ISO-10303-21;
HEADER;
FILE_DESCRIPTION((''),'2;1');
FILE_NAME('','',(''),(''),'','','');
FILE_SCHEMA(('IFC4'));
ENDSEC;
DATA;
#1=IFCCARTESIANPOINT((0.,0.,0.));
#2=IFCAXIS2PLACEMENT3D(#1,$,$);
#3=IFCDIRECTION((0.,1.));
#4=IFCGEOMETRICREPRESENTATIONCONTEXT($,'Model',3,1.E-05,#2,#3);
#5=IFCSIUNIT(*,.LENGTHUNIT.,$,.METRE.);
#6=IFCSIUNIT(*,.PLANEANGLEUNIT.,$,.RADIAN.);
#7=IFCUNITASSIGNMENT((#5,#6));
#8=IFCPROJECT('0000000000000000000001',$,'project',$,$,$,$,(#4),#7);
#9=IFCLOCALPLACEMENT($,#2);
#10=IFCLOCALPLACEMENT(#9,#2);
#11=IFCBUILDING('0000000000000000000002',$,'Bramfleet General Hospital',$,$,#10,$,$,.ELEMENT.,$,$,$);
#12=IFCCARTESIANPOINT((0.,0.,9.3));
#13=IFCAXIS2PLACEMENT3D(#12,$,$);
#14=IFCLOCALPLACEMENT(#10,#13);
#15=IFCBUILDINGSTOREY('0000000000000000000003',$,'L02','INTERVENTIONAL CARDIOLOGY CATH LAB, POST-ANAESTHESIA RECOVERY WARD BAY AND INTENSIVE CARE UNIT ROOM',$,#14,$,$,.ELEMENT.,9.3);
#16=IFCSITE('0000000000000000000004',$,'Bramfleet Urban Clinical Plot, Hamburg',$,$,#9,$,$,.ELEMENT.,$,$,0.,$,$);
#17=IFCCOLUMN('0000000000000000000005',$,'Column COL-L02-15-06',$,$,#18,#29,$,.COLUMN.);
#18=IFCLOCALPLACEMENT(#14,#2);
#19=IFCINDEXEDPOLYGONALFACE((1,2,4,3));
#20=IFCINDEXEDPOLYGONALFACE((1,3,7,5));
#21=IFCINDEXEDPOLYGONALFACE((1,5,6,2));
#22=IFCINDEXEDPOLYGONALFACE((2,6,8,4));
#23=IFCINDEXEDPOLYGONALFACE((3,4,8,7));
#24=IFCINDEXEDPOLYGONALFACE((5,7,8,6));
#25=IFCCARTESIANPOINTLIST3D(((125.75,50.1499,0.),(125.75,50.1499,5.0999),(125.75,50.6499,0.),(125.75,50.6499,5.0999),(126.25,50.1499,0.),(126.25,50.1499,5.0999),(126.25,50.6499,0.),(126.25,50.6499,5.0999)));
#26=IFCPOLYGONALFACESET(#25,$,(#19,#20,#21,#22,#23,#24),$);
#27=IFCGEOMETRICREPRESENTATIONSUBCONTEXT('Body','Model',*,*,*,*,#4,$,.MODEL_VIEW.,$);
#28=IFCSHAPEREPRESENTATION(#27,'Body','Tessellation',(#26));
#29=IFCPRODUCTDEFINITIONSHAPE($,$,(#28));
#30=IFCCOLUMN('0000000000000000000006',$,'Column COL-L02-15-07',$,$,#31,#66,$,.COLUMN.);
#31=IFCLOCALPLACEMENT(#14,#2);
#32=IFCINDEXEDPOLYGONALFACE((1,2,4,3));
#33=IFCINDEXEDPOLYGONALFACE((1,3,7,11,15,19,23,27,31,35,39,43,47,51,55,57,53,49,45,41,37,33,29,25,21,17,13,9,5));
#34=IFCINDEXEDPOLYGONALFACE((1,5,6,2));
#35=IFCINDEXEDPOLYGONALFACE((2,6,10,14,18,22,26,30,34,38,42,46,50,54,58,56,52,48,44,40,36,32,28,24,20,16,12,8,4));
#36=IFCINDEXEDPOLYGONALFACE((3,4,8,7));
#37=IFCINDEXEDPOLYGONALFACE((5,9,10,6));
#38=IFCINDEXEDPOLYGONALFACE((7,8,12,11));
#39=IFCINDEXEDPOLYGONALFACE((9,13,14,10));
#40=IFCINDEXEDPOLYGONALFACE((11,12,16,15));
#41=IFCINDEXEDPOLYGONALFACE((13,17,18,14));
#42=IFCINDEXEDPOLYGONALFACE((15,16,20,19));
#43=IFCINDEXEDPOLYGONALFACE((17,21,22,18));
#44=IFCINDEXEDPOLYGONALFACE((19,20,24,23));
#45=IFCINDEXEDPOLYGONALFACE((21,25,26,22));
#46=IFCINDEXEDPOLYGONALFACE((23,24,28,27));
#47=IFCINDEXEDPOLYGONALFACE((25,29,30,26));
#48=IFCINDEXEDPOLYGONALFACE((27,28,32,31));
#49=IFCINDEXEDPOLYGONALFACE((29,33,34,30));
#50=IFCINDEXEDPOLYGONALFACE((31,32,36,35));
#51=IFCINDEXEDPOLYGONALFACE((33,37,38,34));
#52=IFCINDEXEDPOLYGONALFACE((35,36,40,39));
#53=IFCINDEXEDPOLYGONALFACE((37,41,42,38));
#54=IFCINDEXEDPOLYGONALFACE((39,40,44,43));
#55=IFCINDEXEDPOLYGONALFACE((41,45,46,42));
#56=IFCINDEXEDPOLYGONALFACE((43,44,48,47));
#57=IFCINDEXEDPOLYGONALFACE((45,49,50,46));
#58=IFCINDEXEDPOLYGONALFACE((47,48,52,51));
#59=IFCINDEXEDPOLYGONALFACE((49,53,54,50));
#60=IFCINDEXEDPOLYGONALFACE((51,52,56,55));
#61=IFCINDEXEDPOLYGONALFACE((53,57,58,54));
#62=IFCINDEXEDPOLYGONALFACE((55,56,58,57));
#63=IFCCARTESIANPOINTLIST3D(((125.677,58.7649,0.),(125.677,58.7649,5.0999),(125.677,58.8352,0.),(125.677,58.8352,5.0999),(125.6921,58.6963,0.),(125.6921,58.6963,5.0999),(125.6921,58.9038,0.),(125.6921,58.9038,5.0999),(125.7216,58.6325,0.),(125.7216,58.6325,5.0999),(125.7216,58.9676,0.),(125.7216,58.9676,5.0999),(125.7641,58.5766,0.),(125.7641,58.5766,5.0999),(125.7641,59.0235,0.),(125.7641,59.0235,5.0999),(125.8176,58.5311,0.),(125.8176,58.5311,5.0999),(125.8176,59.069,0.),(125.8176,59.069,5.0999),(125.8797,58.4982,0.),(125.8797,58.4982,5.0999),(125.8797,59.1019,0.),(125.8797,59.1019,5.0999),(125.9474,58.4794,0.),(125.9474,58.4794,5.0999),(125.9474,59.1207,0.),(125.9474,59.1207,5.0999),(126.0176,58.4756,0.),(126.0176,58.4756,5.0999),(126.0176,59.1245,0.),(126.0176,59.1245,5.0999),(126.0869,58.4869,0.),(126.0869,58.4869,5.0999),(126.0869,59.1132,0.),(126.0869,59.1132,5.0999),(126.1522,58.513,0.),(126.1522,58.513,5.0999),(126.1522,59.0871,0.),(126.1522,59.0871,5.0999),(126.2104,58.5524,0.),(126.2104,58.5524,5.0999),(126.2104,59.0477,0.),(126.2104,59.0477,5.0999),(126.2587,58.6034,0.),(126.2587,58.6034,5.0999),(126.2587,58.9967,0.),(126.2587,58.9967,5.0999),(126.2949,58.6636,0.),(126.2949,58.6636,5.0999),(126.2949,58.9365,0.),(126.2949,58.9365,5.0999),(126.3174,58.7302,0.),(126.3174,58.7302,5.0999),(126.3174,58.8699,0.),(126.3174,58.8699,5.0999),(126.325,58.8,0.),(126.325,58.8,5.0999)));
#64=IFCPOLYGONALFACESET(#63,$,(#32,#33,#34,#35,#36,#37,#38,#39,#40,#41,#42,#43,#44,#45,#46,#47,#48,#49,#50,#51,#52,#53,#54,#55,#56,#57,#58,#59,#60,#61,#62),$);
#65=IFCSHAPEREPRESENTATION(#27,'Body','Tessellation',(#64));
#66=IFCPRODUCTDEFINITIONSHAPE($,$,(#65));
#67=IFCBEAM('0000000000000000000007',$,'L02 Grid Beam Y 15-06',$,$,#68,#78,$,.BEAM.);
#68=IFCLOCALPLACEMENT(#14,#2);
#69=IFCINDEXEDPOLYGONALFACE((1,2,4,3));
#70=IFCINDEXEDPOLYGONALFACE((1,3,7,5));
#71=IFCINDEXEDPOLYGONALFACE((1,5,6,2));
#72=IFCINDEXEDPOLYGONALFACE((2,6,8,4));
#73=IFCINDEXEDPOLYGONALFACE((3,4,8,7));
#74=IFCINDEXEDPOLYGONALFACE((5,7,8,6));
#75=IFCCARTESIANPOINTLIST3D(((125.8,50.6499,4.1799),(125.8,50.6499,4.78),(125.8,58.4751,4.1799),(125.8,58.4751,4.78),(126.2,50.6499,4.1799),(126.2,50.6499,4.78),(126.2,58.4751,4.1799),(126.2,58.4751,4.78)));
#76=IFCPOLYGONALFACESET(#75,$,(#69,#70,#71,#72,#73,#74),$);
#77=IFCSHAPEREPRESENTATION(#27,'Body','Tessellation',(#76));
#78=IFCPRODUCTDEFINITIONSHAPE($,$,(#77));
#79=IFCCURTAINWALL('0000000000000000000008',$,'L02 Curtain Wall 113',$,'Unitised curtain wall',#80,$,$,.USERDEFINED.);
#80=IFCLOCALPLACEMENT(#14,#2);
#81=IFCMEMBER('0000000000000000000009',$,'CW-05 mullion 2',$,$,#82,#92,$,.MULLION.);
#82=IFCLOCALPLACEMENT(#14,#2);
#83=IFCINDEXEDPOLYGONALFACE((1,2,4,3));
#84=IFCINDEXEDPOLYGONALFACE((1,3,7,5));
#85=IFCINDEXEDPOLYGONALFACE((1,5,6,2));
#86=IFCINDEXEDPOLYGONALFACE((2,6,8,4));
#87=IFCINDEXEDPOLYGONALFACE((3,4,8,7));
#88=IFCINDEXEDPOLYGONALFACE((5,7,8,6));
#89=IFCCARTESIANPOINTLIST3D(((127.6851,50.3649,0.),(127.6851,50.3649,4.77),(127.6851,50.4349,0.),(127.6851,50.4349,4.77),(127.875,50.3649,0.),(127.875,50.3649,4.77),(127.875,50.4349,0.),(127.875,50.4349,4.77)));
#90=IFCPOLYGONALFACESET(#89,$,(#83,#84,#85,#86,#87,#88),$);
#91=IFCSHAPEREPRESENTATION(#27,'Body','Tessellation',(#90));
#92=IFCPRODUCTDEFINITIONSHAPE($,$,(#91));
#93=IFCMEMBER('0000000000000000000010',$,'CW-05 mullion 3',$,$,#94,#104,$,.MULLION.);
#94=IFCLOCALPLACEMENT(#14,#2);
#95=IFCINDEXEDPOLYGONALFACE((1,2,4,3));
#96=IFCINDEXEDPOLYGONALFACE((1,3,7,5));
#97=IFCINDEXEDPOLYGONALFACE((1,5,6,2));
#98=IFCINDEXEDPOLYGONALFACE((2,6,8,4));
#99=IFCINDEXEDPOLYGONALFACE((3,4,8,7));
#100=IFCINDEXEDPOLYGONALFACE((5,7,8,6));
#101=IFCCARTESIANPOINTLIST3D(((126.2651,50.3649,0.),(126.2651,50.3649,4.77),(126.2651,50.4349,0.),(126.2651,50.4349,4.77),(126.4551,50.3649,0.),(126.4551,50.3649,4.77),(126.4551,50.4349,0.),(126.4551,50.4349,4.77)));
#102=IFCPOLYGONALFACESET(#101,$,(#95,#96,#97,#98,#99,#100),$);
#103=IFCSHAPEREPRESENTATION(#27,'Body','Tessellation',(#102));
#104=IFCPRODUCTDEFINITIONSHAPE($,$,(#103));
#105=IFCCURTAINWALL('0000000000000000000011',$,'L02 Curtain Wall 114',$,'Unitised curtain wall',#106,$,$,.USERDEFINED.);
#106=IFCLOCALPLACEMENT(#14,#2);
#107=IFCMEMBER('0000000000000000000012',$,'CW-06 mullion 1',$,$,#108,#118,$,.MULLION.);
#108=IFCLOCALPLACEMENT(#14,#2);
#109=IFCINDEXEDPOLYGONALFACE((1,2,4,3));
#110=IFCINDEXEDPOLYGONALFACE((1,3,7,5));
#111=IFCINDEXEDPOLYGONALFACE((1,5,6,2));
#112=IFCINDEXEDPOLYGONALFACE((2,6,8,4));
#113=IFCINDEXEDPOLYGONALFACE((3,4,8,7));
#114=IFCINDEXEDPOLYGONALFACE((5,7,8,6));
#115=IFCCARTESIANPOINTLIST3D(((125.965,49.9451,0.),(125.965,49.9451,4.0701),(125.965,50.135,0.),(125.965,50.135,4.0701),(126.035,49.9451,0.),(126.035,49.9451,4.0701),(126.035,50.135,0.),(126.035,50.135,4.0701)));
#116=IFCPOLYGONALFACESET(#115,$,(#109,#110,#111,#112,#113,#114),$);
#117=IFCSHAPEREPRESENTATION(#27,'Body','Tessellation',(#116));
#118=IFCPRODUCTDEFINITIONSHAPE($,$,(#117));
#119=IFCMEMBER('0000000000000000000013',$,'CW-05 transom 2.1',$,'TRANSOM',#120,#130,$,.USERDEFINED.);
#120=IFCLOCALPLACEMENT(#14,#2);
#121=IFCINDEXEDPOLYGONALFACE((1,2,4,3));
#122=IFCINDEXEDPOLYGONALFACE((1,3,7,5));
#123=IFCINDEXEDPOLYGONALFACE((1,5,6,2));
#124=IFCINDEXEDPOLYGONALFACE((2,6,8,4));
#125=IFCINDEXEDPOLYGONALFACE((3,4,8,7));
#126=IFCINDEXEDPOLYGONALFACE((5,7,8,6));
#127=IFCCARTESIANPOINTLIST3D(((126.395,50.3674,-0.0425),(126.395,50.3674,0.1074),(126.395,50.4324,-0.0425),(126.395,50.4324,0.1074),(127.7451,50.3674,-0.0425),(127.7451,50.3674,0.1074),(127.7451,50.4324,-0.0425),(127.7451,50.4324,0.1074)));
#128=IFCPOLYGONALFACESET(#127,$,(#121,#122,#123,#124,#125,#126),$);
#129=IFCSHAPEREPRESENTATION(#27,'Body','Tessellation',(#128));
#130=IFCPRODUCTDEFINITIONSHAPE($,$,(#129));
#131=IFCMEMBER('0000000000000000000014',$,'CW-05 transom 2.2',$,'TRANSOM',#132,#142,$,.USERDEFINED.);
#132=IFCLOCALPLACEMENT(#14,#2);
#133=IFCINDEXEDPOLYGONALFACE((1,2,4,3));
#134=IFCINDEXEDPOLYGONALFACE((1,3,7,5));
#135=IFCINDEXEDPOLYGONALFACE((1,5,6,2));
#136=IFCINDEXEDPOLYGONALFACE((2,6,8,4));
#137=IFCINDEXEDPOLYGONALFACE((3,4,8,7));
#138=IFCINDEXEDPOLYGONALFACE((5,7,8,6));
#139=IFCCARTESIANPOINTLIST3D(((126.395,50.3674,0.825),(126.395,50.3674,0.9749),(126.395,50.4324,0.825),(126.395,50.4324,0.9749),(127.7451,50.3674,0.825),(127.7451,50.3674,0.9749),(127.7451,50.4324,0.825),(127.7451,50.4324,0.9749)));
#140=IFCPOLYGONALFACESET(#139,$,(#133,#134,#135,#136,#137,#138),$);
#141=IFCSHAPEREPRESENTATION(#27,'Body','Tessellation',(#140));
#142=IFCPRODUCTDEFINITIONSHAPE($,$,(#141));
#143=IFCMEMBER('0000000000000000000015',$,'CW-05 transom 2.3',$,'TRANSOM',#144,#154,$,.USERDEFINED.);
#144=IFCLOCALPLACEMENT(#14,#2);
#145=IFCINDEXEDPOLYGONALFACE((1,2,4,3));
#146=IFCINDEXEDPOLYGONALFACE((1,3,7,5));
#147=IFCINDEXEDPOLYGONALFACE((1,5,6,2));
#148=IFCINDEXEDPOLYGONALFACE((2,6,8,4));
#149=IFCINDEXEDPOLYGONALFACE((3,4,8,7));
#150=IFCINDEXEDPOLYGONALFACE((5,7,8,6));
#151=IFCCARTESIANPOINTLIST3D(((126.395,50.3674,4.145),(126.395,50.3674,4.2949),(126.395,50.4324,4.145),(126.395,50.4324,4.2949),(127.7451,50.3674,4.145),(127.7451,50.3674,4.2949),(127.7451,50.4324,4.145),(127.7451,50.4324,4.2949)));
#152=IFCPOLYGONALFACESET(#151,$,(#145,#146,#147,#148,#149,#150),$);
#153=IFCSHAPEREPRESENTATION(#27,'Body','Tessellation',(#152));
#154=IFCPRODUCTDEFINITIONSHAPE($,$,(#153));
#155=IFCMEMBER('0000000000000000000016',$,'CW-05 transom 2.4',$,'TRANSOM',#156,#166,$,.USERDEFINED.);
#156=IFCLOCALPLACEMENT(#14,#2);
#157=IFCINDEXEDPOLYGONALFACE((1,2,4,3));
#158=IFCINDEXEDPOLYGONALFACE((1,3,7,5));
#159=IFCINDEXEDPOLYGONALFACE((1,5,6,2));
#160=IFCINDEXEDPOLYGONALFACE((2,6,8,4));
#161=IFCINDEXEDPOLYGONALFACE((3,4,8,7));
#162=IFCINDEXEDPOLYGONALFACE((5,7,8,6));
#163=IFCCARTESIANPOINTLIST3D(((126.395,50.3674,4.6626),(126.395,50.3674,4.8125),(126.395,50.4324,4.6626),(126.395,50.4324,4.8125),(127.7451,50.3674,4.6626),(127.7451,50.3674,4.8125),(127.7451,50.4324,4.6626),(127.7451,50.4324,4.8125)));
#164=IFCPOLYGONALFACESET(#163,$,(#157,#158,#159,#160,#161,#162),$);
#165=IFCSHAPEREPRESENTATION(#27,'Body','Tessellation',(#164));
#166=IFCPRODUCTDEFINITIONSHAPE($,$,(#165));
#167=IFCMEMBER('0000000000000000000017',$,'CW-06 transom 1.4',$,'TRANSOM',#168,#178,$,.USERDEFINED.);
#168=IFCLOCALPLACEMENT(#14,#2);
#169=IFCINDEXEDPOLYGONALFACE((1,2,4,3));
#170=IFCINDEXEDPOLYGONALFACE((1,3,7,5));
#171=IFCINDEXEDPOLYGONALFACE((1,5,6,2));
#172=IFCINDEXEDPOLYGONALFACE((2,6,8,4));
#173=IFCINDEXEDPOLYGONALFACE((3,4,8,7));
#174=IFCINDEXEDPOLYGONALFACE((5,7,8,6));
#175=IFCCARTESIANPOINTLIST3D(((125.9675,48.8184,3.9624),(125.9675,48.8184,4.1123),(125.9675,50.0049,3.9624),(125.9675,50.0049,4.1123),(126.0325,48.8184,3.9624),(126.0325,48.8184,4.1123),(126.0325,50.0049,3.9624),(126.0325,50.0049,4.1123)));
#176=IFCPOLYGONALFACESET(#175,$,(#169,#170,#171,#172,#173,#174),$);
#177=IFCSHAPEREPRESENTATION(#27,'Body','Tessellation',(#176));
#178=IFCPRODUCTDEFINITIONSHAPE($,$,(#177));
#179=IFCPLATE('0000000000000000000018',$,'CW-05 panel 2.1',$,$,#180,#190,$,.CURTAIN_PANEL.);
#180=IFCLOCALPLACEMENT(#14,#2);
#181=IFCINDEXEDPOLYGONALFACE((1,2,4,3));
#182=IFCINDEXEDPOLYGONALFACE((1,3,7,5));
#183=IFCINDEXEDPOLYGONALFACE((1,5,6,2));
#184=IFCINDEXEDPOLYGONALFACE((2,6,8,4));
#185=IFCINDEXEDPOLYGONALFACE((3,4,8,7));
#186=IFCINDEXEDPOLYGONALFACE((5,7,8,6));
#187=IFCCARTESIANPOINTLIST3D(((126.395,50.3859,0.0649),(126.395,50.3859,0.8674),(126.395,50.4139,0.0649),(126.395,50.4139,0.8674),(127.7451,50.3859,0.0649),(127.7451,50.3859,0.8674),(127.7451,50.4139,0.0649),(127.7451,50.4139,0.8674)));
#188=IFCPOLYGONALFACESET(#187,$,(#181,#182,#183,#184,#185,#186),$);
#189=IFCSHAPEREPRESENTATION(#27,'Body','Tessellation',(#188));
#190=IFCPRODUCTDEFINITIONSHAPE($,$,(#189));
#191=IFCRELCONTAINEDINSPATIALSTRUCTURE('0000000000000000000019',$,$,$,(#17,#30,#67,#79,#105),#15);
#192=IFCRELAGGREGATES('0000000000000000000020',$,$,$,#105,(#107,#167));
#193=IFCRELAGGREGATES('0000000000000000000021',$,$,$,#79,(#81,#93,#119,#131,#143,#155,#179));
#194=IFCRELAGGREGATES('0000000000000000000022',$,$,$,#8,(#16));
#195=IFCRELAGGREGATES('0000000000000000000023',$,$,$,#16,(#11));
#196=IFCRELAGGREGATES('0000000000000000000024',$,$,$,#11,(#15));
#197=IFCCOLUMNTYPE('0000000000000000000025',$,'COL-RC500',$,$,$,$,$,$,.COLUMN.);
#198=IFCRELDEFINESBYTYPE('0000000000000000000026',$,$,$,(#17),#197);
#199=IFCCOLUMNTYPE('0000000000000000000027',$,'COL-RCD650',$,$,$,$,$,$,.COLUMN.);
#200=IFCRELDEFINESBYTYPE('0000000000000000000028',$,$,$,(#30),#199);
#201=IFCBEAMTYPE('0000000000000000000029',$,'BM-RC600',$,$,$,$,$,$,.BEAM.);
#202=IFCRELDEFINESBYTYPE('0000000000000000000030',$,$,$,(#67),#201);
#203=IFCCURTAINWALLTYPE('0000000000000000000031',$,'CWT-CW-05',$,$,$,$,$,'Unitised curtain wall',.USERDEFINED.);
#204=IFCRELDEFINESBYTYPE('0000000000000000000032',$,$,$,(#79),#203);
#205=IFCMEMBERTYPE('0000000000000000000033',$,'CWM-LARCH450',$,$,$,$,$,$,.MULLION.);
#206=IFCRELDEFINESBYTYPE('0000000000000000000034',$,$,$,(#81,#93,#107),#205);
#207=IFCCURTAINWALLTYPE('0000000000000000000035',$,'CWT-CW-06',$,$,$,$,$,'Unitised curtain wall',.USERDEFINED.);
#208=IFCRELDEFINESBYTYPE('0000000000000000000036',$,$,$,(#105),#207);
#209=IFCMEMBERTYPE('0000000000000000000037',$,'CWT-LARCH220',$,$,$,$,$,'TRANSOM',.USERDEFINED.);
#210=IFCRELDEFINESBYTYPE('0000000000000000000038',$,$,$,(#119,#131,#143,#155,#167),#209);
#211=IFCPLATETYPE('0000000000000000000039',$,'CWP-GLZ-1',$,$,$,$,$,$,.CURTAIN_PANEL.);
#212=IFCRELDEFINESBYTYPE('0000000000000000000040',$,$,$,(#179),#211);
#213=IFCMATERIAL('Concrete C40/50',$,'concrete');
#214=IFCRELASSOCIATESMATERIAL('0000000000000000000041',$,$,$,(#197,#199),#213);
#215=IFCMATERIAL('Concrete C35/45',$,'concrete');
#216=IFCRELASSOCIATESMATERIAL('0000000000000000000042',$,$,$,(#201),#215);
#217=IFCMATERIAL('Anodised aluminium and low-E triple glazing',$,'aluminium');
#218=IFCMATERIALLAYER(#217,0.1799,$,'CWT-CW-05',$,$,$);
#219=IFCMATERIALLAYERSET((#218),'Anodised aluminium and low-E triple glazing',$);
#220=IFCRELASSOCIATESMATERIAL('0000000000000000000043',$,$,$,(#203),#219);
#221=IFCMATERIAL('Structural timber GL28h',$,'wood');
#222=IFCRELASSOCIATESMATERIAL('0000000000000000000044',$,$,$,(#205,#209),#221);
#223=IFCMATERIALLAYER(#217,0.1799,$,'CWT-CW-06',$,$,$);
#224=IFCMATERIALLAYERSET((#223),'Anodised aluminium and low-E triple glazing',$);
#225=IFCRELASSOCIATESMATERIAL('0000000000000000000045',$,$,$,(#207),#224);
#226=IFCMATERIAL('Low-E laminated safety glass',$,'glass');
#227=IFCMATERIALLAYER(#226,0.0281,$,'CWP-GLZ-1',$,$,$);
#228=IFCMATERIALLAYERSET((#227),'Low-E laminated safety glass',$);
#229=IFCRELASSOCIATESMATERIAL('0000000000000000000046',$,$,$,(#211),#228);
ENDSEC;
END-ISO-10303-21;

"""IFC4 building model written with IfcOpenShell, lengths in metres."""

from ifc_helpers import new_model, si_unit, direction, frame, origin, origin_2d, place, context, subcontext, project, spatial, rectangle, circle, extrude, material, layer, layer_set, material_profile, profile_set, type_object, element, aggregate, save


model = new_model("IFC4")

# Units and contexts
model_context = context("Model", 3, precision=1e-05, world=origin(), true_north=direction((0.0, 1.0)))
body_context = subcontext(model_context, "Body", "Model", "MODEL_VIEW")
ifc_project = project(units=[si_unit("LENGTHUNIT", "METRE"), si_unit("PLANEANGLEUNIT", "RADIAN")], contexts=[model_context])

# Site, building, storey
site_placement = place(None, origin())
site = spatial("IfcSite", under=ifc_project, at=site_placement, Name="Bramfleet Urban Clinical Plot, Hamburg", CompositionType="ELEMENT", RefElevation=0.0)
building_placement = place(site_placement, origin())
building = spatial("IfcBuilding", under=site, at=building_placement, Name="Bramfleet General Hospital", CompositionType="ELEMENT")
storey_placement = place(building_placement, frame((0.0, 0.0, 9.3)))
storey = spatial("IfcBuildingStorey", under=building, at=storey_placement, Name="L02", Description="INTERVENTIONAL CARDIOLOGY CATH LAB, POST-ANAESTHESIA RECOVERY WARD BAY AND INTENSIVE CARE UNIT ROOM", CompositionType="ELEMENT", Elevation=9.3)

# Columns
ifc_material_1 = material(Name="Concrete C40/50", Category="concrete")
ifc_material_profile_1 = material_profile(ifc_material_1, rectangle(XDim=0.5, YDim=0.5, at=origin_2d()), Name="RC COL 500x500")
ifc_profile_set_1 = profile_set([ifc_material_profile_1], Name="Concrete C40/50")
column_type_1 = type_object("IfcColumnType", Name="COL-RC500", PredefinedType="COLUMN", material=ifc_profile_set_1)
column_1_placement = place(storey_placement, frame((126.0, 50.3999, 0.0), z_axis=(0.0, 0.0, 1.0), x_axis=(1.0, 0.0, 0.0)))
element("IfcColumn", 1, at=column_1_placement, inside=storey, type_object=column_type_1, Name="Column COL-L02-15-06", PredefinedType="COLUMN", context=body_context, shape_type="SweptSolid", body=[
    extrude(rectangle(XDim=0.5, YDim=0.5, at=origin_2d()), origin(), (0.0, 0.0, 1.0), 5.0999),
])
ifc_material_profile_2 = material_profile(ifc_material_1, circle(Radius=0.325, at=origin_2d()), Name="RC ROUND D650")
ifc_profile_set_2 = profile_set([ifc_material_profile_2], Name="Concrete C40/50")
column_type_2 = type_object("IfcColumnType", Name="COL-RCD650", PredefinedType="COLUMN", material=ifc_profile_set_2)
column_2_placement = place(storey_placement, frame((126.0, 58.8, 0.0), z_axis=(0.0, 0.0, 1.0), x_axis=(1.0, 0.0, 0.0)))
element("IfcColumn", 2, at=column_2_placement, inside=storey, type_object=column_type_2, Name="Column COL-L02-15-07", PredefinedType="COLUMN", context=body_context, shape_type="SweptSolid", body=[
    extrude(circle(Radius=0.325, at=origin_2d()), origin(), (0.0, 0.0, 1.0), 5.0999),
])

# Beam
ifc_material_2 = material(Name="Concrete C35/45", Category="concrete")
ifc_material_profile_3 = material_profile(ifc_material_2, rectangle(XDim=0.3999, YDim=0.6001, at=origin_2d()), Name="RC BM 600x400")
ifc_profile_set_3 = profile_set([ifc_material_profile_3], Name="Concrete C35/45")
beam_type = type_object("IfcBeamType", Name="BM-RC600", PredefinedType="BEAM", material=ifc_profile_set_3)
beam_placement = place(storey_placement, frame((126.0, 50.6499, 4.48), z_axis=(0.0, 1.0, 0.0), x_axis=(-1.0, 0.0, 0.0)))
element("IfcBeam", 3, at=beam_placement, inside=storey, type_object=beam_type, Name="L02 Grid Beam Y 15-06", PredefinedType="BEAM", context=body_context, shape_type="SweptSolid", body=[
    extrude(rectangle(XDim=0.3999, YDim=0.6001, at=origin_2d()), origin(), (0.0, 0.0, 1.0), 7.8252),
])

# Curtain wall, members
ifc_material_3 = material(Name="Anodised aluminium and low-E triple glazing", Category="aluminium")
ifc_layer_1 = layer(ifc_material_3, 0.1799, Name="CWT-CW-05")
ifc_layer_set_1 = layer_set([ifc_layer_1], Name="Anodised aluminium and low-E triple glazing")
curtain_wall_type_1 = type_object("IfcCurtainWallType", Name="CWT-CW-05", ElementType="Unitised curtain wall", PredefinedType="USERDEFINED", material=ifc_layer_set_1)
curtain_wall_1_placement = place(storey_placement, origin())
curtain_wall_1 = element("IfcCurtainWall", 4, at=curtain_wall_1_placement, inside=storey, type_object=curtain_wall_type_1, Name="L02 Curtain Wall 113", ObjectType="Unitised curtain wall", PredefinedType="USERDEFINED")
ifc_material_4 = material(Name="Structural timber GL28h", Category="wood")
ifc_material_profile_4 = material_profile(ifc_material_4, rectangle(XDim=0.0701, YDim=0.1899, at=origin_2d()), Name="LARCH 190x70")
ifc_profile_set_4 = profile_set([ifc_material_profile_4], Name="Structural timber GL28h")
member_type_1 = type_object("IfcMemberType", Name="CWM-LARCH450", PredefinedType="MULLION", material=ifc_profile_set_4)
member_1_placement = place(storey_placement, frame((127.78, 50.3999, 0.0), z_axis=(0.0, 0.0, 1.0), x_axis=(0.0, -1.0, 0.0)))
member_1 = element("IfcMember", 5, at=member_1_placement, type_object=member_type_1, Name="CW-05 mullion 2", PredefinedType="MULLION", context=body_context, shape_type="SweptSolid", body=[
    extrude(rectangle(XDim=0.0701, YDim=0.1899, at=origin_2d()), origin(), (0.0, 0.0, 1.0), 4.77),
])
member_2_placement = place(storey_placement, frame((126.3601, 50.3999, 0.0), z_axis=(0.0, 0.0, 1.0), x_axis=(0.0, -1.0, 0.0)))
member_2 = element("IfcMember", 6, at=member_2_placement, type_object=member_type_1, Name="CW-05 mullion 3", PredefinedType="MULLION", context=body_context, shape_type="SweptSolid", body=[
    extrude(rectangle(XDim=0.0701, YDim=0.1899, at=origin_2d()), origin(), (0.0, 0.0, 1.0), 4.77),
])

# Curtain wall, member
ifc_layer_2 = layer(ifc_material_3, 0.1799, Name="CWT-CW-06")
ifc_layer_set_2 = layer_set([ifc_layer_2], Name="Anodised aluminium and low-E triple glazing")
curtain_wall_type_2 = type_object("IfcCurtainWallType", Name="CWT-CW-06", ElementType="Unitised curtain wall", PredefinedType="USERDEFINED", material=ifc_layer_set_2)
curtain_wall_2_placement = place(storey_placement, origin())
curtain_wall_2 = element("IfcCurtainWall", 7, at=curtain_wall_2_placement, inside=storey, type_object=curtain_wall_type_2, Name="L02 Curtain Wall 114", ObjectType="Unitised curtain wall", PredefinedType="USERDEFINED")
member_3_placement = place(storey_placement, frame((126.0, 50.04, 0.0), z_axis=(0.0, 0.0, 1.0), x_axis=(1.0, 0.0, 0.0)))
member_3 = element("IfcMember", 8, at=member_3_placement, type_object=member_type_1, Name="CW-06 mullion 1", PredefinedType="MULLION", context=body_context, shape_type="SweptSolid", body=[
    extrude(rectangle(XDim=0.0701, YDim=0.1899, at=origin_2d()), origin(), (0.0, 0.0, 1.0), 4.0701),
])

# Members
ifc_material_profile_5 = material_profile(ifc_material_4, rectangle(XDim=0.0649, YDim=0.1499, at=origin_2d()), Name="LARCH 150x65")
ifc_profile_set_5 = profile_set([ifc_material_profile_5], Name="Structural timber GL28h")
member_type_2 = type_object("IfcMemberType", Name="CWT-LARCH220", ElementType="TRANSOM", PredefinedType="USERDEFINED", material=ifc_profile_set_5)
member_4_placement = place(storey_placement, frame((127.7451, 50.3999, 0.0325), z_axis=(-1.0, 0.0, 0.0), x_axis=(0.0, -1.0, 0.0)))
member_4 = element("IfcMember", 9, at=member_4_placement, type_object=member_type_2, Name="CW-05 transom 2.1", ObjectType="TRANSOM", PredefinedType="USERDEFINED", context=body_context, shape_type="SweptSolid", body=[
    extrude(rectangle(XDim=0.0649, YDim=0.1499, at=origin_2d()), origin(), (0.0, 0.0, 1.0), 1.3501),
])
member_5_placement = place(storey_placement, frame((127.7451, 50.3999, 0.8999), z_axis=(-1.0, 0.0, 0.0), x_axis=(0.0, -1.0, 0.0)))
member_5 = element("IfcMember", 10, at=member_5_placement, type_object=member_type_2, Name="CW-05 transom 2.2", ObjectType="TRANSOM", PredefinedType="USERDEFINED", context=body_context, shape_type="SweptSolid", body=[
    extrude(rectangle(XDim=0.0649, YDim=0.1499, at=origin_2d()), origin(), (0.0, 0.0, 1.0), 1.3501),
])
member_6_placement = place(storey_placement, frame((127.7451, 50.3999, 4.22), z_axis=(-1.0, 0.0, 0.0), x_axis=(0.0, -1.0, 0.0)))
member_6 = element("IfcMember", 11, at=member_6_placement, type_object=member_type_2, Name="CW-05 transom 2.3", ObjectType="TRANSOM", PredefinedType="USERDEFINED", context=body_context, shape_type="SweptSolid", body=[
    extrude(rectangle(XDim=0.0649, YDim=0.1499, at=origin_2d()), origin(), (0.0, 0.0, 1.0), 1.3501),
])
member_7_placement = place(storey_placement, frame((127.7451, 50.3999, 4.7375), z_axis=(-1.0, 0.0, 0.0), x_axis=(0.0, -1.0, 0.0)))
member_7 = element("IfcMember", 12, at=member_7_placement, type_object=member_type_2, Name="CW-05 transom 2.4", ObjectType="TRANSOM", PredefinedType="USERDEFINED", context=body_context, shape_type="SweptSolid", body=[
    extrude(rectangle(XDim=0.0649, YDim=0.1499, at=origin_2d()), origin(), (0.0, 0.0, 1.0), 1.3501),
])
member_8_placement = place(storey_placement, frame((126.0, 50.0049, 4.0374), z_axis=(0.0, -1.0, 0.0), x_axis=(1.0, 0.0, 0.0)))
member_8 = element("IfcMember", 13, at=member_8_placement, type_object=member_type_2, Name="CW-06 transom 1.4", ObjectType="TRANSOM", PredefinedType="USERDEFINED", context=body_context, shape_type="SweptSolid", body=[
    extrude(rectangle(XDim=0.0649, YDim=0.1499, at=origin_2d()), origin(), (0.0, 0.0, 1.0), 1.1865),
])
aggregate(curtain_wall_2, [member_3, member_8])

# Plate
ifc_material_5 = material(Name="Low-E laminated safety glass", Category="glass")
ifc_layer_3 = layer(ifc_material_5, 0.0281, Name="CWP-GLZ-1")
ifc_layer_set_3 = layer_set([ifc_layer_3], Name="Low-E laminated safety glass")
plate_type = type_object("IfcPlateType", Name="CWP-GLZ-1", PredefinedType="CURTAIN_PANEL", material=ifc_layer_set_3)
plate_1_placement = place(storey_placement, frame((127.0701, 50.3999, 0.0649), z_axis=(0.0, 0.0, 1.0), x_axis=(-1.0, 0.0, 0.0)))
plate_1 = element("IfcPlate", 14, at=plate_1_placement, type_object=plate_type, Name="CW-05 panel 2.1", PredefinedType="CURTAIN_PANEL", context=body_context, shape_type="SweptSolid", body=[
    extrude(rectangle(XDim=1.3501, YDim=0.0281, at=origin_2d()), origin(), (0.0, 0.0, 1.0), 0.8025),
])
aggregate(curtain_wall_1, [member_1, member_2, member_4, member_5, member_6, member_7, plate_1])

save(model, "model.ifc")
